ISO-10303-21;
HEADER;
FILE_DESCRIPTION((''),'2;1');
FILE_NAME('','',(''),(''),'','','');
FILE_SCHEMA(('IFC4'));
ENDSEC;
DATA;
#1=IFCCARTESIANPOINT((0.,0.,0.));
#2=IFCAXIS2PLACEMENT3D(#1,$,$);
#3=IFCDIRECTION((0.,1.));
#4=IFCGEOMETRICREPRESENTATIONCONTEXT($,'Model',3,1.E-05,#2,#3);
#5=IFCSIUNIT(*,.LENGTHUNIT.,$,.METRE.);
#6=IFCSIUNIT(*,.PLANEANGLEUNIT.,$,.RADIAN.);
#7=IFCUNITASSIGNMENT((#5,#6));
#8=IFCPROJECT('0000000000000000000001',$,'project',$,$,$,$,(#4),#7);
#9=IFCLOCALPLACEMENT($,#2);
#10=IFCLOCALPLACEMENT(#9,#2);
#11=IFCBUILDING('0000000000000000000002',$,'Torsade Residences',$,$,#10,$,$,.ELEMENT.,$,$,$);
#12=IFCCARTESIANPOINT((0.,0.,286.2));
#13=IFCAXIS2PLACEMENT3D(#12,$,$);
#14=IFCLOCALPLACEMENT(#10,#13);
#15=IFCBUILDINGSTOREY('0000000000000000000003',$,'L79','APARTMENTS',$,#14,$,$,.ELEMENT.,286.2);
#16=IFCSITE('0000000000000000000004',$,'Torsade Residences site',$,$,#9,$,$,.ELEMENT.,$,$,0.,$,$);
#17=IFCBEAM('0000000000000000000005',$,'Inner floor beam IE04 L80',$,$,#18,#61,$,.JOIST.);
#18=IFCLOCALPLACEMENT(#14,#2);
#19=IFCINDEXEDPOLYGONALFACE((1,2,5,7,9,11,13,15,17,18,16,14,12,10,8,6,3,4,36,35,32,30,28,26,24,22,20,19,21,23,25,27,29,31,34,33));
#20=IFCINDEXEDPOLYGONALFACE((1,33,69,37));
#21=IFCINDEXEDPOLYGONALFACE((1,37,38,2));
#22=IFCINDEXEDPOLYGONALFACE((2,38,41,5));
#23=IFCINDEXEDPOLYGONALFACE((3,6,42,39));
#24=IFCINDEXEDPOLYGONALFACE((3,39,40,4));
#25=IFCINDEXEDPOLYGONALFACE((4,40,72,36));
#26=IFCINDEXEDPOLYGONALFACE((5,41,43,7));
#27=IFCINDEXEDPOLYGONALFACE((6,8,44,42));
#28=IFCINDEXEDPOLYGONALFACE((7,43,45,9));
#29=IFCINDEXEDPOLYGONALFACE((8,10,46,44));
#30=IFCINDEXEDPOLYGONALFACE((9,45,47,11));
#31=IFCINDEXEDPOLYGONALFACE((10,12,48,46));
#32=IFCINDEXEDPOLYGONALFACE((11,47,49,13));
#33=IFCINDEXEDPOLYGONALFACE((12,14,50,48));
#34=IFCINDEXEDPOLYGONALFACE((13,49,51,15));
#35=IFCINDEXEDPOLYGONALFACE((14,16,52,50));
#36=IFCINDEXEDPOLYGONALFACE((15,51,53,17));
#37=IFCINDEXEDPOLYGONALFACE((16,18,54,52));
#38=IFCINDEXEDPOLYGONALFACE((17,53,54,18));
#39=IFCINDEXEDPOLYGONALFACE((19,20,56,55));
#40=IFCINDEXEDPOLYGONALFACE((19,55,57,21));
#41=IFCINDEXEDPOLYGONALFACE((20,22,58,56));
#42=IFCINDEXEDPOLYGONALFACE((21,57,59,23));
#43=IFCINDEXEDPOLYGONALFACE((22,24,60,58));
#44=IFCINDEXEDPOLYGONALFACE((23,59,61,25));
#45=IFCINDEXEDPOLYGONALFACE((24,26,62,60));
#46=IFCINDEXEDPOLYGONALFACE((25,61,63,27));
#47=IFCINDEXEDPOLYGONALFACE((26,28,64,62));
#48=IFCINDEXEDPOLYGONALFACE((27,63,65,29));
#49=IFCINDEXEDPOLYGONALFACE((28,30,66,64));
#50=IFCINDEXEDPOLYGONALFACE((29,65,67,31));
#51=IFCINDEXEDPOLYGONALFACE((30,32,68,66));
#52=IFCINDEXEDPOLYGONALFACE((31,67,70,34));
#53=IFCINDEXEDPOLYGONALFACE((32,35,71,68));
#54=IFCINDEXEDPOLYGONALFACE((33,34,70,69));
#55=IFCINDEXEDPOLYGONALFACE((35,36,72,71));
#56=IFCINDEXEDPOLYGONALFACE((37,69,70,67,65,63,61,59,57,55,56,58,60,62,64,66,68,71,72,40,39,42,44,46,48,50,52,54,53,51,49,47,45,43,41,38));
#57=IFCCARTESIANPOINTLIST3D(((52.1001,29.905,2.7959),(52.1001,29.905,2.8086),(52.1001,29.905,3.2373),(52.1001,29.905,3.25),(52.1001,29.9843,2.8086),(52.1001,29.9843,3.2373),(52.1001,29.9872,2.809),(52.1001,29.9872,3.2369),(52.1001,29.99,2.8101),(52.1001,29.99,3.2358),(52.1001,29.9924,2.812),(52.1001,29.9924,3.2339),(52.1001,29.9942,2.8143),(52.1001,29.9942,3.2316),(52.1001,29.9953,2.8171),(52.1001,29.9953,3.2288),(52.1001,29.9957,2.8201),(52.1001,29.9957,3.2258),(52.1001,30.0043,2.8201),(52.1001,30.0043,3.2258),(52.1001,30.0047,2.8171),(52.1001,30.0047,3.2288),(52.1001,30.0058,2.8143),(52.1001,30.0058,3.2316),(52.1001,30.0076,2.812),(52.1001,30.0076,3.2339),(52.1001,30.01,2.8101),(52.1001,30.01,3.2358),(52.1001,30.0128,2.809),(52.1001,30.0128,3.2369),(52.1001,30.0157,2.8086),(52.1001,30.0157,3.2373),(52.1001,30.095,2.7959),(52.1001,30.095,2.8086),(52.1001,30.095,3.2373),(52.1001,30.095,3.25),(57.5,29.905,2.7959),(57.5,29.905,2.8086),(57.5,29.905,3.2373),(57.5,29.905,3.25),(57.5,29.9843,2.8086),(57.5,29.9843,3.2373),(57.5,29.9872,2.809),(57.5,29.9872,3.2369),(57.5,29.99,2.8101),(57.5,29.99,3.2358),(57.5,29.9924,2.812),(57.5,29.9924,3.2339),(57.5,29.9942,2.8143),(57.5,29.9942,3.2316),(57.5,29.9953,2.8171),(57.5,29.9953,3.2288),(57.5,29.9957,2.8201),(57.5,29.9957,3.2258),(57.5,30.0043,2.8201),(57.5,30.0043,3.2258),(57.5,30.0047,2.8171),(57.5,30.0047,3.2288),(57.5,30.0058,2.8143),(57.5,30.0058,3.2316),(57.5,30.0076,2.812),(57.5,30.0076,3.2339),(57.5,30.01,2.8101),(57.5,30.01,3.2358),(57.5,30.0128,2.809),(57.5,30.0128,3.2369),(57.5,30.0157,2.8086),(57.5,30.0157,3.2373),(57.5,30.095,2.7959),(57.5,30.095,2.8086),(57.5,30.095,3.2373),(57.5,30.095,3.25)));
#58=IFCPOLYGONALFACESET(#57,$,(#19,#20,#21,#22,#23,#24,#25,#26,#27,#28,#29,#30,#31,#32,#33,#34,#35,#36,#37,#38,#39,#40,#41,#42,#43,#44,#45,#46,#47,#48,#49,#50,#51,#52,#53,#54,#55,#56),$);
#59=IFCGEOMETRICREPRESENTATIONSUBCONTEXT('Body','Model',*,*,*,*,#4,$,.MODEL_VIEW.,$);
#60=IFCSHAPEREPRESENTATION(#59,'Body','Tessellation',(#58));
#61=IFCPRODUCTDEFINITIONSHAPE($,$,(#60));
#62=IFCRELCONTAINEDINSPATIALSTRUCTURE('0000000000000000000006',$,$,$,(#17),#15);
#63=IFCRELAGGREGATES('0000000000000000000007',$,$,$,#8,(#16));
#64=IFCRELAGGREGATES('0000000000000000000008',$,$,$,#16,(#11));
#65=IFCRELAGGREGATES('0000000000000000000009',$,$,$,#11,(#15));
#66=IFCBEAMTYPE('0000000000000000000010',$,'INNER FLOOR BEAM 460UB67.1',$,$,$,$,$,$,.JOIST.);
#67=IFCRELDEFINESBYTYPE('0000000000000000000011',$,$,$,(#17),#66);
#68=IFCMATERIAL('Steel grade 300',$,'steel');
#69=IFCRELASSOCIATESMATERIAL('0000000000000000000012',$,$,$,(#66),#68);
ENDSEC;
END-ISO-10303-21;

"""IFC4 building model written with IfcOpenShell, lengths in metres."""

from ifc_helpers import new_model, si_unit, direction, frame, origin, origin_2d, place, context, subcontext, project, spatial, i_section, extrude, material, material_profile, profile_set, type_object, element, save


model = new_model("IFC4")

# Units and contexts
model_context = context("Model", 3, precision=1e-05, world=origin(), true_north=direction((0.0, 1.0)))
body_context = subcontext(model_context, "Body", "Model", "MODEL_VIEW")
ifc_project = project(units=[si_unit("LENGTHUNIT", "METRE"), si_unit("PLANEANGLEUNIT", "RADIAN")], contexts=[model_context])

# Site, building, storey
site_placement = place(None, origin())
site = spatial("IfcSite", under=ifc_project, at=site_placement, Name="Torsade Residences site", CompositionType="ELEMENT", RefElevation=0.0)
building_placement = place(site_placement, origin())
building = spatial("IfcBuilding", under=site, at=building_placement, Name="Torsade Residences", CompositionType="ELEMENT")
storey_placement = place(building_placement, frame((0.0, 0.0, 286.2)))
storey = spatial("IfcBuildingStorey", under=building, at=storey_placement, Name="L79", Description="APARTMENTS", CompositionType="ELEMENT", Elevation=286.2)

# Beam
ifc_material_1 = material(Name="Steel grade 300", Category="steel")
ifc_material_profile = material_profile(ifc_material_1, i_section(OverallWidth=0.1899, OverallDepth=0.4541, WebThickness=0.0085, FlangeThickness=0.0127, FilletRadius=0.0115, at=origin_2d()), Name="460UB67.1")
ifc_profile_set = profile_set([ifc_material_profile], Name="Steel grade 300")
beam_type = type_object("IfcBeamType", Name="INNER FLOOR BEAM 460UB67.1", PredefinedType="JOIST", material=ifc_profile_set)
beam_placement = place(storey_placement, frame((52.1001, 30.0, 3.0229), z_axis=(1.0, 0.0, 0.0), x_axis=(0.0, 1.0, 0.0)))
element("IfcBeam", 1, at=beam_placement, inside=storey, type_object=beam_type, Name="Inner floor beam IE04 L80", PredefinedType="JOIST", context=body_context, shape_type="SweptSolid", body=[
    extrude(i_section(OverallWidth=0.1899, OverallDepth=0.4541, WebThickness=0.0085, FlangeThickness=0.0127, FilletRadius=0.0115, at=origin_2d()), origin(), (0.0, 0.0, 1.0), 5.3999),
])

save(model, "model.ifc")
